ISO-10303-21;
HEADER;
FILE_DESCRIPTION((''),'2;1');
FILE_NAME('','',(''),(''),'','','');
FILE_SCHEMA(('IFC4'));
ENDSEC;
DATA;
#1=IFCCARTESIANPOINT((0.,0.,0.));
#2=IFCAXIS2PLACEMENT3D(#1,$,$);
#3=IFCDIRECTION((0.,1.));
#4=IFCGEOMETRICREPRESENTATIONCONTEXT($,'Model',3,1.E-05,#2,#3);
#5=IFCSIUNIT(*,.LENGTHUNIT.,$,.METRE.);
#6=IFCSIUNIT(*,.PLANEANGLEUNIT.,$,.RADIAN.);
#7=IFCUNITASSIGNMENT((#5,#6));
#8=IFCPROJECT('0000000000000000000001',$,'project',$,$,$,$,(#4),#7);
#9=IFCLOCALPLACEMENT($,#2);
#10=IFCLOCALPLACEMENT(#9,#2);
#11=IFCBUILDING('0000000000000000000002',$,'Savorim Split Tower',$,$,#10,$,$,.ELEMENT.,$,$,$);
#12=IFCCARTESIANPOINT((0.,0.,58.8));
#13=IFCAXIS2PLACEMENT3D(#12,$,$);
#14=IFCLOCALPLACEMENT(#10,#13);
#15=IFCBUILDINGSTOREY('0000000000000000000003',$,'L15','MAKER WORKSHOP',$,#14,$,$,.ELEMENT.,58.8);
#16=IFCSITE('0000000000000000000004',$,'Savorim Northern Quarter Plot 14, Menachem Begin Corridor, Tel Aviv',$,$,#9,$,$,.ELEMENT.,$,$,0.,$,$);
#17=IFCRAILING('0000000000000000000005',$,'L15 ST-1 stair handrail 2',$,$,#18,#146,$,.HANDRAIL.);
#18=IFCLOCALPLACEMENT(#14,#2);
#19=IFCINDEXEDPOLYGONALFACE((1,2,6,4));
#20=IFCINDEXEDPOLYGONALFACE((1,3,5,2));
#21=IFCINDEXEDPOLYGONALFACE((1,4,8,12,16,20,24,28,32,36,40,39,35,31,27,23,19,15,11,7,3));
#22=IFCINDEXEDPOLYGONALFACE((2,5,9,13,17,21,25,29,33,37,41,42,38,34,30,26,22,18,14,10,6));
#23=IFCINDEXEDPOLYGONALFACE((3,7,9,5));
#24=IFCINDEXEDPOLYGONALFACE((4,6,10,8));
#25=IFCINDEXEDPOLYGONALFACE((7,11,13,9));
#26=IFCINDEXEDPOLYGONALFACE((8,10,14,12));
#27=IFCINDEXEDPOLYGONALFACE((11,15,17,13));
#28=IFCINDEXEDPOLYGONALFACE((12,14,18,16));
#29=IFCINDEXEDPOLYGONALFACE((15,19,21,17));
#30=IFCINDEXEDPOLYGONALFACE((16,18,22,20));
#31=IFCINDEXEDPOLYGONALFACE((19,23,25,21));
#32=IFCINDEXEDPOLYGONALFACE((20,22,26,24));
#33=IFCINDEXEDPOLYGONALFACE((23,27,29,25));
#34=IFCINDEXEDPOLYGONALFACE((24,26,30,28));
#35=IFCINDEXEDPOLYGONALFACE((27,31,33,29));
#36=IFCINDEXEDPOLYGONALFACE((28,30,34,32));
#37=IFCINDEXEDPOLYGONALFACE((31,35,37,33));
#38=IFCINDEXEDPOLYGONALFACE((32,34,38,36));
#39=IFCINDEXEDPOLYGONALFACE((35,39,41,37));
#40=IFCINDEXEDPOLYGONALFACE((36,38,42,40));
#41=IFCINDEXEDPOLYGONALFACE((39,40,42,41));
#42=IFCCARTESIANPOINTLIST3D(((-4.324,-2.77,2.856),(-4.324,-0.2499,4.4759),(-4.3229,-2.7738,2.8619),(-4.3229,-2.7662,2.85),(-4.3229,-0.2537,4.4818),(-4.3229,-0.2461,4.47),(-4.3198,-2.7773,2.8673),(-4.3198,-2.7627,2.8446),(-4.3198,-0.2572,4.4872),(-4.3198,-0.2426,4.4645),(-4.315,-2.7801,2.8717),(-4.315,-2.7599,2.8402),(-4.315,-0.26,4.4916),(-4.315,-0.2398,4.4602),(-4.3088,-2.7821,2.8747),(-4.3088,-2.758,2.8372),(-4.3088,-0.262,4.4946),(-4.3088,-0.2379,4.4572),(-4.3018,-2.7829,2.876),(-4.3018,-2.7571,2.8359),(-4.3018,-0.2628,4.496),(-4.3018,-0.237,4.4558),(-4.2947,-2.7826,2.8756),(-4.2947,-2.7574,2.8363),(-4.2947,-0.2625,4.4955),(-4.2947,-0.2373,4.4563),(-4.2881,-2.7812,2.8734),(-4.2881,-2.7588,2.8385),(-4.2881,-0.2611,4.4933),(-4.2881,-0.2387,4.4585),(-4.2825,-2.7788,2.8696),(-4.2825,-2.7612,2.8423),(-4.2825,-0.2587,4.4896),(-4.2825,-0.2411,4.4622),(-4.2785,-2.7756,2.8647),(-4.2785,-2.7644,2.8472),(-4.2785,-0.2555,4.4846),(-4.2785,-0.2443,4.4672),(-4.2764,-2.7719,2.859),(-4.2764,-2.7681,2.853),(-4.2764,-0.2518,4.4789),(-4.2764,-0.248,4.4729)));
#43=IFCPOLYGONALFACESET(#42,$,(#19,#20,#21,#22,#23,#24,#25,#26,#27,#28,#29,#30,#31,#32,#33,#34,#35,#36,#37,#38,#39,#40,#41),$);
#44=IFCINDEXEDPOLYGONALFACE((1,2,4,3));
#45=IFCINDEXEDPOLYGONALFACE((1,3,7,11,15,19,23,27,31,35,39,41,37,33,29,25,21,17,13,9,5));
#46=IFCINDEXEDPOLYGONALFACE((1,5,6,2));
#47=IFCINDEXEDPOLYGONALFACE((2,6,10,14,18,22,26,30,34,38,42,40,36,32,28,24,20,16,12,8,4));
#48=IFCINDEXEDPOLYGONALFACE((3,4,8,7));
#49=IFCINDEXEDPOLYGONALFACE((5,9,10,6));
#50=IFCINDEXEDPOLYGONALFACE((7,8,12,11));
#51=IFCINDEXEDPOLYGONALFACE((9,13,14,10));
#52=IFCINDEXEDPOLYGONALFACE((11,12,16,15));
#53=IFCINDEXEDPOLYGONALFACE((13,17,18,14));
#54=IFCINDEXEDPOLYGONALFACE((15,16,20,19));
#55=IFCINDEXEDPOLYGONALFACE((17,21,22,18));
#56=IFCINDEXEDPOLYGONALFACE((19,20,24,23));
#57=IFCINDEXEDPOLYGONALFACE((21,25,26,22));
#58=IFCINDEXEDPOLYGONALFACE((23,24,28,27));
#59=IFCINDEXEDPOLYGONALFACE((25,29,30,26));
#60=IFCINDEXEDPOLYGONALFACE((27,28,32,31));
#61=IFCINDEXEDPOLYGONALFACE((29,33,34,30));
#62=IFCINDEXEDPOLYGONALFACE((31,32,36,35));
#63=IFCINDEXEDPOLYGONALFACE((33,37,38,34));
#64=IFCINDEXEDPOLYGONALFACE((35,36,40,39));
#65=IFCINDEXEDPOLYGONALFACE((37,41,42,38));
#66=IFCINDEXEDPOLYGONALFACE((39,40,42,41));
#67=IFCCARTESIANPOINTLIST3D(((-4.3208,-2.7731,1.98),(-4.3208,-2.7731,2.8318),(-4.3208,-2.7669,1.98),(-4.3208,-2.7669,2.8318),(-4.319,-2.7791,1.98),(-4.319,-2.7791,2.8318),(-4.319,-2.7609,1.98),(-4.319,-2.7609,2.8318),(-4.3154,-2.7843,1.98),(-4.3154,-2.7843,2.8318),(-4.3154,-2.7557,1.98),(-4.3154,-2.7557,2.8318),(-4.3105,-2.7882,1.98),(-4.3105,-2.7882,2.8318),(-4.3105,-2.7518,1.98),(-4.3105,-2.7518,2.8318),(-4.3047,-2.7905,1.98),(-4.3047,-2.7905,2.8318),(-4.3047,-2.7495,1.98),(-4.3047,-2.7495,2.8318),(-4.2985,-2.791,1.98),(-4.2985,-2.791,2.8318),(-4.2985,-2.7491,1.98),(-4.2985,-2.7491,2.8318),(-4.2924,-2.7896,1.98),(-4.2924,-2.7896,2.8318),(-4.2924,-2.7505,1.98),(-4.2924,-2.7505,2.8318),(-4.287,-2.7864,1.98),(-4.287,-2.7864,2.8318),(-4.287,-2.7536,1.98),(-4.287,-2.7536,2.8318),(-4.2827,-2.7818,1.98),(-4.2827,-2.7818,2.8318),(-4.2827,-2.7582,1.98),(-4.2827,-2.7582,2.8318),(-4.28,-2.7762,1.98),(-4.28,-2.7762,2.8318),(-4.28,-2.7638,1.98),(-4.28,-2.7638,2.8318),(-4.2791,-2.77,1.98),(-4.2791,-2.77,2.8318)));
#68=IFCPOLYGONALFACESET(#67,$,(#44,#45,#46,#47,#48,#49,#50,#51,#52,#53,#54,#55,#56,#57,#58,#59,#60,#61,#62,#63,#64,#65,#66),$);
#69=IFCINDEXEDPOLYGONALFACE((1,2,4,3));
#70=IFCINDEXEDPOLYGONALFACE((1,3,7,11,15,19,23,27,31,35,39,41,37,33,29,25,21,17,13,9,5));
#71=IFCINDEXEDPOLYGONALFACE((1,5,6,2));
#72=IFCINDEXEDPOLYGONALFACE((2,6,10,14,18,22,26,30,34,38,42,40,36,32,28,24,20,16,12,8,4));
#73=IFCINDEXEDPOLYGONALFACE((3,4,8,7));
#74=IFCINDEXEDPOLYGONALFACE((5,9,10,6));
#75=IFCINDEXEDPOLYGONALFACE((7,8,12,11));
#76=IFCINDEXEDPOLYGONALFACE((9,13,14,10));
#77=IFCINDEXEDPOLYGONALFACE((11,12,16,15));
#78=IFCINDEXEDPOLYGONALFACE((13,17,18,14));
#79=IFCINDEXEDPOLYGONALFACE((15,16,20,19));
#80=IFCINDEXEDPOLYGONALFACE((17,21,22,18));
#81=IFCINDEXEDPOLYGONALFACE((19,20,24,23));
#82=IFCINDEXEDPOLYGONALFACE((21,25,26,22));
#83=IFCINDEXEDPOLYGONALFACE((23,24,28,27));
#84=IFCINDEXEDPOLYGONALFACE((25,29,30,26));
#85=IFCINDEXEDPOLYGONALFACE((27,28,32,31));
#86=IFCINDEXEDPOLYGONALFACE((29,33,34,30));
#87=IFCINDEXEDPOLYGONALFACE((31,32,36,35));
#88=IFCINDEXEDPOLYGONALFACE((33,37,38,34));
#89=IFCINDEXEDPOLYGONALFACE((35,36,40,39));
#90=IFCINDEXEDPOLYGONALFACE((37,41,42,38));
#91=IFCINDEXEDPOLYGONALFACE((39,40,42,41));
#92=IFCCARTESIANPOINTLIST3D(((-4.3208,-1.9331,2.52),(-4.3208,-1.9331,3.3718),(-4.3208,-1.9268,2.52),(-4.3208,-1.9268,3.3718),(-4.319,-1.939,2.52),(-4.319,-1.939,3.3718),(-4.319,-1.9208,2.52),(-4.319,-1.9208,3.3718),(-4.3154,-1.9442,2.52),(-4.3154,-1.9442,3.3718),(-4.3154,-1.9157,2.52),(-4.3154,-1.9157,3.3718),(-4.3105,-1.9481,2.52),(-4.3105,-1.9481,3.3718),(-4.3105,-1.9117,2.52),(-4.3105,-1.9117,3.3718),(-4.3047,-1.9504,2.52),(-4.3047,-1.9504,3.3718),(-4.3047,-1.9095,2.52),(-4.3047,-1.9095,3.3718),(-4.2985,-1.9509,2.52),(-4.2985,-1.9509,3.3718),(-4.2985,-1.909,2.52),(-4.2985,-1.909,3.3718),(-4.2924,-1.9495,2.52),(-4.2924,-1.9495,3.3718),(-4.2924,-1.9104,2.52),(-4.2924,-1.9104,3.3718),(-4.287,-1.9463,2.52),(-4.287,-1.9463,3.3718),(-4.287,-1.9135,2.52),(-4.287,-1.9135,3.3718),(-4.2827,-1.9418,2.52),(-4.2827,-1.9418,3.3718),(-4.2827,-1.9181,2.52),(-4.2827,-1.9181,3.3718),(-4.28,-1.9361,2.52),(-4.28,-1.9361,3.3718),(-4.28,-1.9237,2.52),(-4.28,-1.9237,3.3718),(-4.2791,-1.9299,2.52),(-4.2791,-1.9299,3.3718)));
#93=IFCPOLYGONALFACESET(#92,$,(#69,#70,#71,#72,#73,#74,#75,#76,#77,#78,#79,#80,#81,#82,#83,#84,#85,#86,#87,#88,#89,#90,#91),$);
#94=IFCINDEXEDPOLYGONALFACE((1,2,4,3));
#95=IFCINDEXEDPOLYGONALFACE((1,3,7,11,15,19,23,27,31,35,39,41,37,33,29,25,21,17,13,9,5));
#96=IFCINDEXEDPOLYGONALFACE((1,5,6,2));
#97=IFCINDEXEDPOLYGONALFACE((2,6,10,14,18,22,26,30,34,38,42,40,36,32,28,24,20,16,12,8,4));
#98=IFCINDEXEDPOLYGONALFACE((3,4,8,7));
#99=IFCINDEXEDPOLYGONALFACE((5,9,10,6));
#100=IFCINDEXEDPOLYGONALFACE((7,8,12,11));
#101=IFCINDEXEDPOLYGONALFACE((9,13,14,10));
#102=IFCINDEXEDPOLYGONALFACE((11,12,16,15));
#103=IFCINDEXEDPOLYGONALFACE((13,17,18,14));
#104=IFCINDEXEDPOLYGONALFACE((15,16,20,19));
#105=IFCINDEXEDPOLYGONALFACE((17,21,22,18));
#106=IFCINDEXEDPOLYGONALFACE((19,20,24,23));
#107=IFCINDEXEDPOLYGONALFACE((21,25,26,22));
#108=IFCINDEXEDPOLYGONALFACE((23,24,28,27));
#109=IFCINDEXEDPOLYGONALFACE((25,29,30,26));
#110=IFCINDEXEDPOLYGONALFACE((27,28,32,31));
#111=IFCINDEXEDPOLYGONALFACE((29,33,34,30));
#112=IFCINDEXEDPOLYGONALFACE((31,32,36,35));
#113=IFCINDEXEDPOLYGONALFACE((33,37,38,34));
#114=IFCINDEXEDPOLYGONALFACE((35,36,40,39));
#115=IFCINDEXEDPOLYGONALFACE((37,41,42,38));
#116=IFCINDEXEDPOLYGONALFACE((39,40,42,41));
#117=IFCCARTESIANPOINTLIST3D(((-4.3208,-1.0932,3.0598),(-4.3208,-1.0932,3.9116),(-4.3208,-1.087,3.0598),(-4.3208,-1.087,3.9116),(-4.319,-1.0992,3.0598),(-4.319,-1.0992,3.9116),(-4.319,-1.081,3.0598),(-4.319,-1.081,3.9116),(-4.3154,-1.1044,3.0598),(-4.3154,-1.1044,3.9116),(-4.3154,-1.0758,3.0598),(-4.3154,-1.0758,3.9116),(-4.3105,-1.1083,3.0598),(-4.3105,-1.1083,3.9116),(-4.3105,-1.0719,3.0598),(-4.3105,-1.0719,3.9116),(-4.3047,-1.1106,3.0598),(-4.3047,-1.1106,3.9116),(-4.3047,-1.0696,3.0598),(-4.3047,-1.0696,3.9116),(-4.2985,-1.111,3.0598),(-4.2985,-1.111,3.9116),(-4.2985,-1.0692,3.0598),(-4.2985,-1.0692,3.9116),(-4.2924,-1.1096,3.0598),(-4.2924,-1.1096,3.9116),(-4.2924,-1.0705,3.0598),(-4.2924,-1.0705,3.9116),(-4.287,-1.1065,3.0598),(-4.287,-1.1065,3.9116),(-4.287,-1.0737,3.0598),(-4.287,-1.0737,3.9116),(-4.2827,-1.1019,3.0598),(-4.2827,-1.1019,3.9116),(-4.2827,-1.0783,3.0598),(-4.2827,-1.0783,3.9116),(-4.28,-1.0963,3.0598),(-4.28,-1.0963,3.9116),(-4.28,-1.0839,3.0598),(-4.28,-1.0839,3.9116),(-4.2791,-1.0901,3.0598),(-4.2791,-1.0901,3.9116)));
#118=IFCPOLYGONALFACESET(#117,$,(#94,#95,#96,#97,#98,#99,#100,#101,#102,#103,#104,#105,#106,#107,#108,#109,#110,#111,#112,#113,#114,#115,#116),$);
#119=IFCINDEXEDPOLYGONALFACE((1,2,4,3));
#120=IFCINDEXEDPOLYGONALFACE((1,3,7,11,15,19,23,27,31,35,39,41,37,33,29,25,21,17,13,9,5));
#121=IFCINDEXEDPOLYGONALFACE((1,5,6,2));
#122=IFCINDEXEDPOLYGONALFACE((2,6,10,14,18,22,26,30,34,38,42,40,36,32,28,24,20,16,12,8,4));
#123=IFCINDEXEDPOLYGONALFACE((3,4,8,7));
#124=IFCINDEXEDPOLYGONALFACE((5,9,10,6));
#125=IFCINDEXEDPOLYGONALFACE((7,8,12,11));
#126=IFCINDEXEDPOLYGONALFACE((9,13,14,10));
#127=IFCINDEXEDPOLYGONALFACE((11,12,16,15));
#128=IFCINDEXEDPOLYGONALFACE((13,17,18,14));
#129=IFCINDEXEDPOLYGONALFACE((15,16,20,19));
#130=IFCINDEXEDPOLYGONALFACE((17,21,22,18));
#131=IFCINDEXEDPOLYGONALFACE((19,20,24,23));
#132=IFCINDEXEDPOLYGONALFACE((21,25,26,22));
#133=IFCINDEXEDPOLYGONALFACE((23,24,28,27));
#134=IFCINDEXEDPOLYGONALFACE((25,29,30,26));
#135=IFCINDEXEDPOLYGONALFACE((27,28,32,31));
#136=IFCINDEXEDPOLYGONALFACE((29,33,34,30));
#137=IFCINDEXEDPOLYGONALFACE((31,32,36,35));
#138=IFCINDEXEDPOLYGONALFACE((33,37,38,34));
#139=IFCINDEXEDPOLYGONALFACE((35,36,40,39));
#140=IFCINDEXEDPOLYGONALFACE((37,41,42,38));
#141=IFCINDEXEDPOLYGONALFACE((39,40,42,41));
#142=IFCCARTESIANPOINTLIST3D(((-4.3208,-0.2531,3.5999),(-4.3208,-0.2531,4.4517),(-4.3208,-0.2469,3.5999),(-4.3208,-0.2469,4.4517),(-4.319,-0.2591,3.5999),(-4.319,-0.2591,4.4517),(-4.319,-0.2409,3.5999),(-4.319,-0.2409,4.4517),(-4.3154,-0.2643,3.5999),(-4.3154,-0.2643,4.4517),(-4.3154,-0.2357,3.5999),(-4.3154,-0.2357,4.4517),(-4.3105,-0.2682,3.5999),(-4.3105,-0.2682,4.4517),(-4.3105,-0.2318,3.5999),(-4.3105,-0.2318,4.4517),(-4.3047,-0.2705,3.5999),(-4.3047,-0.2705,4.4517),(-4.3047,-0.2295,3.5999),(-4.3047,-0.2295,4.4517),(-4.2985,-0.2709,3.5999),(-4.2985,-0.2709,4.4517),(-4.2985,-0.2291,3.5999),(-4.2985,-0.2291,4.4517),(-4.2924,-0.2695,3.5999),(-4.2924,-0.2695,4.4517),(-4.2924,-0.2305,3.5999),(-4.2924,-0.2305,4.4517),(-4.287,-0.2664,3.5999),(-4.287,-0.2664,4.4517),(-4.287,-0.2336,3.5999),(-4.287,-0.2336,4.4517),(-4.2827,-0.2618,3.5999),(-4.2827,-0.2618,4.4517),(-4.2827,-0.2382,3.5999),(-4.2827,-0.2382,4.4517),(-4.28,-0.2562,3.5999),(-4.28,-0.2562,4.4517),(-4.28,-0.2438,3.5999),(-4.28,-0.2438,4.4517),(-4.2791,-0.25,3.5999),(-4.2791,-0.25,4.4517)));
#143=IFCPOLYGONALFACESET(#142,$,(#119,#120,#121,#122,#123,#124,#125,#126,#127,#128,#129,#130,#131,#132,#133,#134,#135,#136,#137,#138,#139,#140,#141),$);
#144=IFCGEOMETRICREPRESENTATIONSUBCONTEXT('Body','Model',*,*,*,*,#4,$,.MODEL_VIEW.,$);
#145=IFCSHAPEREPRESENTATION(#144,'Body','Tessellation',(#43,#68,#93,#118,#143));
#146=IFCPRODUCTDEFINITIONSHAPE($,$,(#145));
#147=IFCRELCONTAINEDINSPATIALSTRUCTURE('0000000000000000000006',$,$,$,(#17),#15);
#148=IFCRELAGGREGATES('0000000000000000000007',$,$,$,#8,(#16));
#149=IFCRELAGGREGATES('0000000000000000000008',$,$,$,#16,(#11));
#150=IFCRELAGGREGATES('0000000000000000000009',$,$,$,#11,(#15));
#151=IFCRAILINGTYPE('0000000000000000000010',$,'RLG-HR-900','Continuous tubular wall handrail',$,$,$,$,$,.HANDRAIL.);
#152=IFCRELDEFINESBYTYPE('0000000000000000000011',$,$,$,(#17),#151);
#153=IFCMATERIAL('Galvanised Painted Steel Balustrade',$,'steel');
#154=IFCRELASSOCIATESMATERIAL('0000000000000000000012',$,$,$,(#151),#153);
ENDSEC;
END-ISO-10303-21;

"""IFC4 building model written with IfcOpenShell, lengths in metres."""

from ifc_helpers import new_model, si_unit, direction, frame, origin, origin_2d, place, context, subcontext, project, spatial, circle, extrude, material, type_object, element, save


model = new_model("IFC4")

# Units and contexts
model_context = context("Model", 3, precision=1e-05, world=origin(), true_north=direction((0.0, 1.0)))
body_context = subcontext(model_context, "Body", "Model", "MODEL_VIEW")
ifc_project = project(units=[si_unit("LENGTHUNIT", "METRE"), si_unit("PLANEANGLEUNIT", "RADIAN")], contexts=[model_context])

# Site, building, storey
site_placement = place(None, origin())
site = spatial("IfcSite", under=ifc_project, at=site_placement, Name="Savorim Northern Quarter Plot 14, Menachem Begin Corridor, Tel Aviv", CompositionType="ELEMENT", RefElevation=0.0)
building_placement = place(site_placement, origin())
building = spatial("IfcBuilding", under=site, at=building_placement, Name="Savorim Split Tower", CompositionType="ELEMENT")
storey_placement = place(building_placement, frame((0.0, 0.0, 58.8)))
storey = spatial("IfcBuildingStorey", under=building, at=storey_placement, Name="L15", Description="MAKER WORKSHOP", CompositionType="ELEMENT", Elevation=58.8)

# Railing
ifc_material_1 = material(Name="Galvanised Painted Steel Balustrade", Category="steel")
railing_type_1 = type_object("IfcRailingType", Name="RLG-HR-900", Description="Continuous tubular wall handrail", PredefinedType="HANDRAIL", material=ifc_material_1)
railing_1_placement = place(storey_placement, frame((-4.3, -2.77, 1.98)))
element("IfcRailing", 1, at=railing_1_placement, inside=storey, type_object=railing_type_1, Name="L15 ST-1 stair handrail 2", PredefinedType="HANDRAIL", context=body_context, shape_type="SweptSolid", body=[
    extrude(circle(Radius=0.0239, at=origin_2d()), frame((0.0, 0.0, 0.876), z_axis=(0.0, 0.8412, 0.540725), x_axis=(-1.0, 0.0, 0.0)), (0.0, 0.0, 1.0), 2.9958),
    extrude(circle(Radius=0.021, at=origin_2d()), origin(), (0.0, 0.0, 1.0), 0.8518),
    extrude(circle(Radius=0.021, at=origin_2d()), frame((0.0, 0.8401, 0.54)), (0.0, 0.0, 1.0), 0.8518),
    extrude(circle(Radius=0.021, at=origin_2d()), frame((0.0, 1.6799, 1.0798)), (0.0, 0.0, 1.0), 0.8518),
    extrude(circle(Radius=0.021, at=origin_2d()), frame((0.0, 2.52, 1.6199)), (0.0, 0.0, 1.0), 0.8518),
])

save(model, "model.ifc")
